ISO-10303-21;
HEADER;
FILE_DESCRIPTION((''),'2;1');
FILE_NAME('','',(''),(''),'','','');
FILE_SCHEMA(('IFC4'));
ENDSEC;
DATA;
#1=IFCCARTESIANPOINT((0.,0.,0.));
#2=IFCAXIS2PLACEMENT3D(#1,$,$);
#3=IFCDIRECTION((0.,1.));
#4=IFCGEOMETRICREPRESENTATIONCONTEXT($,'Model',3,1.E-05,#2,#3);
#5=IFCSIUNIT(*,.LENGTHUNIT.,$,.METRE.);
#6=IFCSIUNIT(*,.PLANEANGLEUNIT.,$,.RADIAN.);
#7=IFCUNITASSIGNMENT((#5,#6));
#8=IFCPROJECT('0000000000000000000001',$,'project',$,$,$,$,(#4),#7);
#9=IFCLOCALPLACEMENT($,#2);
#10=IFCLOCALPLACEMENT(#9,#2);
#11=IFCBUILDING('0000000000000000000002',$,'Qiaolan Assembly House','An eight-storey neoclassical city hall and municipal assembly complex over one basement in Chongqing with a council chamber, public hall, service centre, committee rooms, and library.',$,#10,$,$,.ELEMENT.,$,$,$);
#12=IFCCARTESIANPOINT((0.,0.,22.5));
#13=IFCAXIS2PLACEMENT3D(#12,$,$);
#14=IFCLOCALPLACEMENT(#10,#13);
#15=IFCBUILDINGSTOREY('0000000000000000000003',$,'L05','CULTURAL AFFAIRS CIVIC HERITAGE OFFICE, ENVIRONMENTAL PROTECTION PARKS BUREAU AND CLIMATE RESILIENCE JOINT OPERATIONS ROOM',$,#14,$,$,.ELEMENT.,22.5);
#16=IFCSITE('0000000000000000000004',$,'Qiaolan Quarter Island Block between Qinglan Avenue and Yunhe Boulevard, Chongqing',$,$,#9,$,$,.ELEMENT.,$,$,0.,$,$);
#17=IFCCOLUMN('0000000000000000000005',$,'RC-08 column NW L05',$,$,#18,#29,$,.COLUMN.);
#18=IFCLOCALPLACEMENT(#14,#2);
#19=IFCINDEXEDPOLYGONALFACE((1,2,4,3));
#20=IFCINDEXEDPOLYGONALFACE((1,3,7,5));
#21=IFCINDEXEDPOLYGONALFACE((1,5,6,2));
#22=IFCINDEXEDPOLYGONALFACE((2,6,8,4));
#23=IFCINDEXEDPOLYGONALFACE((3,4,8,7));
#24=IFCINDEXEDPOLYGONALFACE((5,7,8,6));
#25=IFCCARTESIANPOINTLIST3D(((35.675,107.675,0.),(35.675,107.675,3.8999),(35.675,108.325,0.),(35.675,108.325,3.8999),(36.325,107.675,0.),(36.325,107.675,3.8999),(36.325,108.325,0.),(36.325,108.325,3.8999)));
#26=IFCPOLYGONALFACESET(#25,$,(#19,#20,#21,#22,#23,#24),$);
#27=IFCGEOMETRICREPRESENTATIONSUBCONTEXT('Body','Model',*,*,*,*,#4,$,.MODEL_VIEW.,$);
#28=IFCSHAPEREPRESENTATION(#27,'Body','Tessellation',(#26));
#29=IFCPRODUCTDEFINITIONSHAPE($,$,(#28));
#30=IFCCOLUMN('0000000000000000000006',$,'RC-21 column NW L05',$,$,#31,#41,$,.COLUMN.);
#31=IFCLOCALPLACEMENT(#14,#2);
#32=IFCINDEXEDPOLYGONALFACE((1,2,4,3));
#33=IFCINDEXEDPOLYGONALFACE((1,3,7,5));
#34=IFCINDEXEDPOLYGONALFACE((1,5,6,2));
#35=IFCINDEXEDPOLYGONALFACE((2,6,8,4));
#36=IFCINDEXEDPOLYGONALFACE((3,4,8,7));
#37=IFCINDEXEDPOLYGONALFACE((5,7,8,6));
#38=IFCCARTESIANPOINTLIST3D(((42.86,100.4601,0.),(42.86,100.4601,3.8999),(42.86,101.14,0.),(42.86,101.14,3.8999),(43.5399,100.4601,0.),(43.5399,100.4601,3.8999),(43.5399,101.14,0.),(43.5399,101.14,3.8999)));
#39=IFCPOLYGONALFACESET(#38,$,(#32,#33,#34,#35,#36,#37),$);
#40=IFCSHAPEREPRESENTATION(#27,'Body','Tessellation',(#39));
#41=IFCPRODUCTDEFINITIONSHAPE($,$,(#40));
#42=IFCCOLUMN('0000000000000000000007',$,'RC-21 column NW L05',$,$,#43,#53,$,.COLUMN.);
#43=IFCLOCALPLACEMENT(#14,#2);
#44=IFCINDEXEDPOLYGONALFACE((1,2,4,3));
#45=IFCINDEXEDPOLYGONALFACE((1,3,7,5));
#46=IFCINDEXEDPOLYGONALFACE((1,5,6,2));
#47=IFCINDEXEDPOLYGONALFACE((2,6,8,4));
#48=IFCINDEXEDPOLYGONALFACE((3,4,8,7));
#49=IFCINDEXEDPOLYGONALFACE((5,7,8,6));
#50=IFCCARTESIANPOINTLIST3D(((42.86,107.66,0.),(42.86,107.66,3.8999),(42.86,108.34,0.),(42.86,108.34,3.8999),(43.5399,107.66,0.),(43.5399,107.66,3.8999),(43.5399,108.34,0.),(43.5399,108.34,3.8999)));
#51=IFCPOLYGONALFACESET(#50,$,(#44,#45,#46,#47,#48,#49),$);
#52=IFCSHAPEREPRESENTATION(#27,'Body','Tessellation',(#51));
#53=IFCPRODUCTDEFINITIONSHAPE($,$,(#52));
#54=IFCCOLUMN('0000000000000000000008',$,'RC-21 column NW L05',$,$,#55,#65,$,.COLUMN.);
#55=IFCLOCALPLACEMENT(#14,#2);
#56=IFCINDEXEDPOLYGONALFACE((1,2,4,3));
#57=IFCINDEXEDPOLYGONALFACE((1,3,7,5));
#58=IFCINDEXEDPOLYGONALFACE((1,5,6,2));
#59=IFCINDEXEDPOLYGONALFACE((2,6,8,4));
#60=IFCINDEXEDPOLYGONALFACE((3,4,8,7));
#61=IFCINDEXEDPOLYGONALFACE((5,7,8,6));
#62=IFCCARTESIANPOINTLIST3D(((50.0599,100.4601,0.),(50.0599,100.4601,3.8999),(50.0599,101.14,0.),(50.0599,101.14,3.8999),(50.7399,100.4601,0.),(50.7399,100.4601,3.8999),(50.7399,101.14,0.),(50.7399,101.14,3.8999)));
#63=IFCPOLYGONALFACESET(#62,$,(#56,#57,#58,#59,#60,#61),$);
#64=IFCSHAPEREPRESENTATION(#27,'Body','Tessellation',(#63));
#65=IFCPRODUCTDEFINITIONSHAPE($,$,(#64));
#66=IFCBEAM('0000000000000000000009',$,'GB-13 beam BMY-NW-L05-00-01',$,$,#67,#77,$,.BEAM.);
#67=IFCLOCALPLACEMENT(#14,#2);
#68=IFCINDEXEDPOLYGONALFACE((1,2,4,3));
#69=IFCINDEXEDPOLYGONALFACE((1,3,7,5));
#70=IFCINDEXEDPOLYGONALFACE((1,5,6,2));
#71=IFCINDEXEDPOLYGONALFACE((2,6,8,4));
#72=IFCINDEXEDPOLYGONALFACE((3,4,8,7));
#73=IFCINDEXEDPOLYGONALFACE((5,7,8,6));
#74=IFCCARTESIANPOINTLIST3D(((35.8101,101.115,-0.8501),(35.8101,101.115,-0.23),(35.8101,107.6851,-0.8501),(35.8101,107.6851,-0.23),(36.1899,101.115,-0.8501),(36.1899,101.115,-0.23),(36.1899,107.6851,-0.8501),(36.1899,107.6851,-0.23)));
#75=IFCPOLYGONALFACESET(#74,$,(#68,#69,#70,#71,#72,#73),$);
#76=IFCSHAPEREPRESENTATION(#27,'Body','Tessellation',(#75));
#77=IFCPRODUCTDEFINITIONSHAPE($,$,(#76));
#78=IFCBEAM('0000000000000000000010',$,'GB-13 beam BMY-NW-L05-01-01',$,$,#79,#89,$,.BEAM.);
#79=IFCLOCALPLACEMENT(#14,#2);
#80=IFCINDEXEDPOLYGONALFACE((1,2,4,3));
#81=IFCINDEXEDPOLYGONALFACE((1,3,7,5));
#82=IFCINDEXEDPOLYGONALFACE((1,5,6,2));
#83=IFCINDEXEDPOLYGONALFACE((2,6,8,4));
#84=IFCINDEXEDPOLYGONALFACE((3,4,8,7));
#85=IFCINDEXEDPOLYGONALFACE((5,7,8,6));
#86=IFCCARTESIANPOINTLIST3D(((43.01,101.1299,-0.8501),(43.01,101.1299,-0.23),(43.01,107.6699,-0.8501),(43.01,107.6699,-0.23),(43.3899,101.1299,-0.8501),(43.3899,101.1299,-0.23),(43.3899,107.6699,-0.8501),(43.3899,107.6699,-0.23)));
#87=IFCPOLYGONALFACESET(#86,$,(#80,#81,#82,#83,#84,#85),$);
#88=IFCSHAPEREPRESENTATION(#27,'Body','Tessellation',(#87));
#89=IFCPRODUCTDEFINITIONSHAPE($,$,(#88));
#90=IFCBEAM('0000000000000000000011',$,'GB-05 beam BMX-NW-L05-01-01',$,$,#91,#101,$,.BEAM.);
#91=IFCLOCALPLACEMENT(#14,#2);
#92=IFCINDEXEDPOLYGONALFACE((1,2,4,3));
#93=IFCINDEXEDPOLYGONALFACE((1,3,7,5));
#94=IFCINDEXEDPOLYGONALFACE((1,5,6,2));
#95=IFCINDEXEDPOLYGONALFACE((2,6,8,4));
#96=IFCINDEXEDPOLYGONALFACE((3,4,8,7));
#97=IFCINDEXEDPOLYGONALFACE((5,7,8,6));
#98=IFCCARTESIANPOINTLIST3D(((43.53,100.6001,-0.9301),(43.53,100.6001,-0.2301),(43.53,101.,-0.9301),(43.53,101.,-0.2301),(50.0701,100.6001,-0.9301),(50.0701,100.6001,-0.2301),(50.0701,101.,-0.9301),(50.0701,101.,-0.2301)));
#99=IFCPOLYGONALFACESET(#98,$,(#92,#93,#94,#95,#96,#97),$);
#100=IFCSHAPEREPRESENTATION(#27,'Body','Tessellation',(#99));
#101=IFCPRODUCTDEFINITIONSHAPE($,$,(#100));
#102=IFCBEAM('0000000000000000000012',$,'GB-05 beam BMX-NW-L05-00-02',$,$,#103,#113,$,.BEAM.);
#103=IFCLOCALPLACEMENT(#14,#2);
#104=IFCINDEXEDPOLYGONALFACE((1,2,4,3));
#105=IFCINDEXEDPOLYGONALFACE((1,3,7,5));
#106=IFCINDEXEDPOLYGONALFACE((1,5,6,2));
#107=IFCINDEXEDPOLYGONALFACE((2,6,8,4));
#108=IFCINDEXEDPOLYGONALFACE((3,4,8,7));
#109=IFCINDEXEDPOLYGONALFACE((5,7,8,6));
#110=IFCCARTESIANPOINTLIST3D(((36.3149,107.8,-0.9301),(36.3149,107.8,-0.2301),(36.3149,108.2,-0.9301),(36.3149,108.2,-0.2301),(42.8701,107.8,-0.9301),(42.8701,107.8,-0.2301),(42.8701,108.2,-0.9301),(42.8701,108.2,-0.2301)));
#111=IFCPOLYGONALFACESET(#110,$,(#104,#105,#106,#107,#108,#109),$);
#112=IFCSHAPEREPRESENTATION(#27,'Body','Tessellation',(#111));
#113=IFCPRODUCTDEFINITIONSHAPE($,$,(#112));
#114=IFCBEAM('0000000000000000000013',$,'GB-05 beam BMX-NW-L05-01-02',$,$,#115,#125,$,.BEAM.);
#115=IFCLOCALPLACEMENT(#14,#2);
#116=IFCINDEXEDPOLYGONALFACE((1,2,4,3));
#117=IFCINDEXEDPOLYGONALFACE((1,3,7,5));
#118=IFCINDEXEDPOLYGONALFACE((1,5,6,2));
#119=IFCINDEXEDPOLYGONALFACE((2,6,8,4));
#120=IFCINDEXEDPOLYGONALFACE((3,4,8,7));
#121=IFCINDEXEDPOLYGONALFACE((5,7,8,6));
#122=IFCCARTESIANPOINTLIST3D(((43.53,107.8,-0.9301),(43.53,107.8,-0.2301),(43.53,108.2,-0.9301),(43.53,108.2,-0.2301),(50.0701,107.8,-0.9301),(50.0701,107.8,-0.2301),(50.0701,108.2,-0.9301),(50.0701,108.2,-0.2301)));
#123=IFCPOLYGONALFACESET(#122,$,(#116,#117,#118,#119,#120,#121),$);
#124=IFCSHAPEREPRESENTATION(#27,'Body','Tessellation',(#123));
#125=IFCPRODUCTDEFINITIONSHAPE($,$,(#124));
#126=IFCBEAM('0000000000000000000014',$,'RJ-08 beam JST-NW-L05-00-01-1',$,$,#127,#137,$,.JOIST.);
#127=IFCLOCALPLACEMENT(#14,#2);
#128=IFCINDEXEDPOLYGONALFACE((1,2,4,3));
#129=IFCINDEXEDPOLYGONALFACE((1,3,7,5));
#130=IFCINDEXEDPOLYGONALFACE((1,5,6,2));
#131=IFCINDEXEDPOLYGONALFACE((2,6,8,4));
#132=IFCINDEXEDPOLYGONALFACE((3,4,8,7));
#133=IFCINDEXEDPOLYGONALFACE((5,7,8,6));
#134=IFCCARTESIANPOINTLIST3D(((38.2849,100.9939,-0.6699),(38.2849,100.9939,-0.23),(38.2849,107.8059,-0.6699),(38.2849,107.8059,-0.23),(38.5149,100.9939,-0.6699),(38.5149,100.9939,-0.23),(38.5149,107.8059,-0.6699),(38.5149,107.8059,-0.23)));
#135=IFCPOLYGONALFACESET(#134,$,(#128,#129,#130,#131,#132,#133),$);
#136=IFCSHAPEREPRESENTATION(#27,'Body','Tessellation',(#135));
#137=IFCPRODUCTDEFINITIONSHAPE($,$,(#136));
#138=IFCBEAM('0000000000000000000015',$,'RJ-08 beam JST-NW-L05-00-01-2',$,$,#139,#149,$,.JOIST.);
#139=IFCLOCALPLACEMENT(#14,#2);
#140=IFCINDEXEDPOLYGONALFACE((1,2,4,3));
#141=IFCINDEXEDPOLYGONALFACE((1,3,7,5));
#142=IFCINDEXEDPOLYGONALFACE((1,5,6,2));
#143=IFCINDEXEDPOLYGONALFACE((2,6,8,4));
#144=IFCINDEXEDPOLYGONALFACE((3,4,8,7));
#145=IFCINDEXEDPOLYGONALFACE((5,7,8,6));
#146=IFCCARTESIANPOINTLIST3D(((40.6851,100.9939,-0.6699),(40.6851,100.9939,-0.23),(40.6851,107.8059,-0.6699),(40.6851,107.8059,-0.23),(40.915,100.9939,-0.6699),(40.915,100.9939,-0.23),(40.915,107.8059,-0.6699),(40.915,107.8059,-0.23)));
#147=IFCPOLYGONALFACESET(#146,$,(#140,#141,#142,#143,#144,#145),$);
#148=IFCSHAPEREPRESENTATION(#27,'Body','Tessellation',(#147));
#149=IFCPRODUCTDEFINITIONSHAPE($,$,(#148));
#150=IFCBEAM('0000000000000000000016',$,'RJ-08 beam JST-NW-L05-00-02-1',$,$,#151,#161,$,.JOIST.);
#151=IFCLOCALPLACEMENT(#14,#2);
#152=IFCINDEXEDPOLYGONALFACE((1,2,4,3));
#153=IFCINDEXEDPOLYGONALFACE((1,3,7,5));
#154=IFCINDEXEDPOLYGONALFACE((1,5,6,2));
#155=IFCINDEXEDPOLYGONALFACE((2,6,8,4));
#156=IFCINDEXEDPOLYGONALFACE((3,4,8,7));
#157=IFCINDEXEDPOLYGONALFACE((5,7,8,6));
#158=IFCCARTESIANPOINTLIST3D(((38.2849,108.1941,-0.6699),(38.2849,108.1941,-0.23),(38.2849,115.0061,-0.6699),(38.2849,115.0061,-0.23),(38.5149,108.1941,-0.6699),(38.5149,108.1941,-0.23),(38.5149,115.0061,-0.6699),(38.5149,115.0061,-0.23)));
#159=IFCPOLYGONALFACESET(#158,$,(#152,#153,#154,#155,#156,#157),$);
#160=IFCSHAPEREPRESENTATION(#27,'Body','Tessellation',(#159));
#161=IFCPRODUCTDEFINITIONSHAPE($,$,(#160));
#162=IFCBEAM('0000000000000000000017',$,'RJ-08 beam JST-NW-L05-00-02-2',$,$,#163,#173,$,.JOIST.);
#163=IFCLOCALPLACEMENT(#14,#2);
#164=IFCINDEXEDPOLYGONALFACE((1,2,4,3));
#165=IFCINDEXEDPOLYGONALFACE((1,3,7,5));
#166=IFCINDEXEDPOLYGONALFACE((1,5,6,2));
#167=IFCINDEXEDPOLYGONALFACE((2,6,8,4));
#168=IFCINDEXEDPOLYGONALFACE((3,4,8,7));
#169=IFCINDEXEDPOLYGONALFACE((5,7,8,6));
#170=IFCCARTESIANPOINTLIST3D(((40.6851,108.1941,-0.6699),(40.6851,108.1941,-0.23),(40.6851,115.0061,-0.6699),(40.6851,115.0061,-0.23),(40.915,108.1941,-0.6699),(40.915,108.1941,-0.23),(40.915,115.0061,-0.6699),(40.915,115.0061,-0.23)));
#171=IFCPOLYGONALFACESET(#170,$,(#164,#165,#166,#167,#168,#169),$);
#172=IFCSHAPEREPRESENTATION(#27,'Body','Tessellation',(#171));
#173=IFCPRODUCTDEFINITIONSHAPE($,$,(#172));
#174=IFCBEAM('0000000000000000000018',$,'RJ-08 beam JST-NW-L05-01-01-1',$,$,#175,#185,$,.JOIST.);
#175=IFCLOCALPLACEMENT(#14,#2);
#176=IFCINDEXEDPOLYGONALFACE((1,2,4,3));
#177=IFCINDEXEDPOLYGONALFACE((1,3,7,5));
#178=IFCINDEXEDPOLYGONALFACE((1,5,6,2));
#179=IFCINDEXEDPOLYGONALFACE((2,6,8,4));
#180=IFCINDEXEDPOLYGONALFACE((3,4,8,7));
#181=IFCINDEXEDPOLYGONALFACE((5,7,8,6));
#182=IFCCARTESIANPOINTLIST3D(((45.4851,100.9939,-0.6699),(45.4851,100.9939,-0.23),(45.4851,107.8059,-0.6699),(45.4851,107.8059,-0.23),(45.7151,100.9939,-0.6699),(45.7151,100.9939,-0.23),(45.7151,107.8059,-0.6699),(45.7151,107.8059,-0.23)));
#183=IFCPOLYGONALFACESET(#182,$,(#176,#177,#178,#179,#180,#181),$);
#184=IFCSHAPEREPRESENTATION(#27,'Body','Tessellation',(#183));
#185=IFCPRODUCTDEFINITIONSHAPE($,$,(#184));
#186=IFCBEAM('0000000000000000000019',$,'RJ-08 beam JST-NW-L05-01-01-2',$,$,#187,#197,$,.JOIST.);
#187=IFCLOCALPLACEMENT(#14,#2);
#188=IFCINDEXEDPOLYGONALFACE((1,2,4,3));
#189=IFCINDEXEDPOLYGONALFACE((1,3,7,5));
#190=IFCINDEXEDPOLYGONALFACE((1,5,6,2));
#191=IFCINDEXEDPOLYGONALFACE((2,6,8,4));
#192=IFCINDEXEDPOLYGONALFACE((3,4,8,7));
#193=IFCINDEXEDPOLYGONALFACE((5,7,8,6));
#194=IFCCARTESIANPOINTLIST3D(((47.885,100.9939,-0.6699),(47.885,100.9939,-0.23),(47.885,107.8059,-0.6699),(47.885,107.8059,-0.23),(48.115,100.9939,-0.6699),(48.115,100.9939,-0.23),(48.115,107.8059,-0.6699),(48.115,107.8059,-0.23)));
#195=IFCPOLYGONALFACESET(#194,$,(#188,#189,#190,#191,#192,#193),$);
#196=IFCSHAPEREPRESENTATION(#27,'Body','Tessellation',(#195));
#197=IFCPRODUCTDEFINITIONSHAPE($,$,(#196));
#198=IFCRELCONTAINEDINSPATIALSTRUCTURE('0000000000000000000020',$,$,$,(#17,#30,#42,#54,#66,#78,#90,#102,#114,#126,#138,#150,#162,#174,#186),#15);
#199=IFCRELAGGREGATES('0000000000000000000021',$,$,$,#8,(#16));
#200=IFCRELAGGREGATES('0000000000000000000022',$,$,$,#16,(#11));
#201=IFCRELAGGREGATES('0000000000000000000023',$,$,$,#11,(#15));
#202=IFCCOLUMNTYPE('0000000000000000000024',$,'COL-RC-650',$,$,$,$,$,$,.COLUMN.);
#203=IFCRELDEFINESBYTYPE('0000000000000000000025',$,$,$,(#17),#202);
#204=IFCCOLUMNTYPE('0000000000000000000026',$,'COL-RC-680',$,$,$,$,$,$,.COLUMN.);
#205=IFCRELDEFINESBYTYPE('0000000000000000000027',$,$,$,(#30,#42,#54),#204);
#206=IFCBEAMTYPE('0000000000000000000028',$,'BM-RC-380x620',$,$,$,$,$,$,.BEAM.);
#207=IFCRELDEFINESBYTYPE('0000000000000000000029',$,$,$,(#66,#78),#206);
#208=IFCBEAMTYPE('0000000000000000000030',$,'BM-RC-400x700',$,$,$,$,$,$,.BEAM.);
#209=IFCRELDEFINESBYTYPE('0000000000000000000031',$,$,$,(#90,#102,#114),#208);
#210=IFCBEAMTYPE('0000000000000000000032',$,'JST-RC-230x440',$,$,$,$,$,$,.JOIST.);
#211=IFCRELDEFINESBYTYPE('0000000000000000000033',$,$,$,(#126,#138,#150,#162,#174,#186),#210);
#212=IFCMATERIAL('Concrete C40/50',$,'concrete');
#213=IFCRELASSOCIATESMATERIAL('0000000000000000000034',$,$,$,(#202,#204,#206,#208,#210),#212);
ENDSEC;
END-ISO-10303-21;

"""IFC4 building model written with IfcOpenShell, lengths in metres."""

from ifc_helpers import new_model, si_unit, direction, frame, origin, origin_2d, place, context, subcontext, project, spatial, rectangle, extrude, material, material_profile, profile_set, type_object, element, save


model = new_model("IFC4")

# Units and contexts
model_context = context("Model", 3, precision=1e-05, world=origin(), true_north=direction((0.0, 1.0)))
body_context = subcontext(model_context, "Body", "Model", "MODEL_VIEW")
ifc_project = project(units=[si_unit("LENGTHUNIT", "METRE"), si_unit("PLANEANGLEUNIT", "RADIAN")], contexts=[model_context])

# Site, building, storey
site_placement = place(None, origin())
site = spatial("IfcSite", under=ifc_project, at=site_placement, Name="Qiaolan Quarter Island Block between Qinglan Avenue and Yunhe Boulevard, Chongqing", CompositionType="ELEMENT", RefElevation=0.0)
building_placement = place(site_placement, origin())
building = spatial("IfcBuilding", under=site, at=building_placement, Name="Qiaolan Assembly House", Description="An eight-storey neoclassical city hall and municipal assembly complex over one basement in Chongqing with a council chamber, public hall, service centre, committee rooms, and library.", CompositionType="ELEMENT")
storey_placement = place(building_placement, frame((0.0, 0.0, 22.5)))
storey = spatial("IfcBuildingStorey", under=building, at=storey_placement, Name="L05", Description="CULTURAL AFFAIRS CIVIC HERITAGE OFFICE, ENVIRONMENTAL PROTECTION PARKS BUREAU AND CLIMATE RESILIENCE JOINT OPERATIONS ROOM", CompositionType="ELEMENT", Elevation=22.5)

# Columns
ifc_material_1 = material(Name="Concrete C40/50", Category="concrete")
ifc_material_profile_1 = material_profile(ifc_material_1, rectangle(XDim=0.6499, YDim=0.6499, at=origin_2d()), Name="RC 650x650")
ifc_profile_set_1 = profile_set([ifc_material_profile_1], Name="Concrete C40/50")
column_type_1 = type_object("IfcColumnType", Name="COL-RC-650", PredefinedType="COLUMN", material=ifc_profile_set_1)
column_placement = place(storey_placement, frame((36.0, 108.0, 0.0), z_axis=(0.0, 0.0, 1.0), x_axis=(1.0, 0.0, 0.0)))
element("IfcColumn", 1, at=column_placement, inside=storey, type_object=column_type_1, Name="RC-08 column NW L05", PredefinedType="COLUMN", context=body_context, shape_type="SweptSolid", body=[
    extrude(rectangle(XDim=0.6499, YDim=0.6499, at=origin_2d()), origin(), (0.0, 0.0, 1.0), 3.8999),
])
ifc_material_profile_2 = material_profile(ifc_material_1, rectangle(XDim=0.6799, YDim=0.6799, at=origin_2d()), Name="RC 680x680")
ifc_profile_set_2 = profile_set([ifc_material_profile_2], Name="Concrete C40/50")
column_type_2 = type_object("IfcColumnType", Name="COL-RC-680", PredefinedType="COLUMN", material=ifc_profile_set_2)
for number, where, z_axis, x_axis, name in (
    (2, (43.2, 100.8, 0.0), (0.0, 0.0, 1.0), (1.0, 0.0, 0.0), "RC-21 column NW L05"),
    (3, (43.2, 108.0, 0.0), (0.0, 0.0, 1.0), (1.0, 0.0, 0.0), "RC-21 column NW L05"),
    (4, (50.3999, 100.8, 0.0), (0.0, 0.0, 1.0), (1.0, 0.0, 0.0), "RC-21 column NW L05"),
):
    element("IfcColumn", number, at=place(storey_placement, frame(where, z_axis=z_axis, x_axis=x_axis)), inside=storey, type_object=column_type_2, Name=name, PredefinedType="COLUMN", context=body_context, shape_type="SweptSolid", body=[
        extrude(rectangle(XDim=0.6799, YDim=0.6799, at=origin_2d()), origin(), (0.0, 0.0, 1.0), 3.8999),
    ])

# Beams
ifc_material_profile_3 = material_profile(ifc_material_1, rectangle(XDim=0.3799, YDim=0.6201, at=origin_2d()), Name="RCB 380x620")
ifc_profile_set_3 = profile_set([ifc_material_profile_3], Name="Concrete C40/50")
beam_type_1 = type_object("IfcBeamType", Name="BM-RC-380x620", PredefinedType="BEAM", material=ifc_profile_set_3)
beam_1_placement = place(storey_placement, frame((36.0, 101.115, -0.54), z_axis=(0.0, 1.0, 0.0), x_axis=(-1.0, 0.0, 0.0)))
element("IfcBeam", 5, at=beam_1_placement, inside=storey, type_object=beam_type_1, Name="GB-13 beam BMY-NW-L05-00-01", PredefinedType="BEAM", context=body_context, shape_type="SweptSolid", body=[
    extrude(rectangle(XDim=0.3799, YDim=0.6201, at=origin_2d()), origin(), (0.0, 0.0, 1.0), 6.5701),
])
beam_2_placement = place(storey_placement, frame((43.2, 101.1299, -0.54), z_axis=(0.0, 1.0, 0.0), x_axis=(-1.0, 0.0, 0.0)))
element("IfcBeam", 6, at=beam_2_placement, inside=storey, type_object=beam_type_1, Name="GB-13 beam BMY-NW-L05-01-01", PredefinedType="BEAM", context=body_context, shape_type="SweptSolid", body=[
    extrude(rectangle(XDim=0.3799, YDim=0.6201, at=origin_2d()), origin(), (0.0, 0.0, 1.0), 6.54),
])
ifc_material_profile_4 = material_profile(ifc_material_1, rectangle(XDim=0.3999, YDim=0.7, at=origin_2d()), Name="RCB 400x700")
ifc_profile_set_4 = profile_set([ifc_material_profile_4], Name="Concrete C40/50")
beam_type_2 = type_object("IfcBeamType", Name="BM-RC-400x700", PredefinedType="BEAM", material=ifc_profile_set_4)
beam_3_placement = place(storey_placement, frame((43.53, 100.8, -0.5801), z_axis=(1.0, 0.0, 0.0), x_axis=(0.0, 1.0, 0.0)))
element("IfcBeam", 7, at=beam_3_placement, inside=storey, type_object=beam_type_2, Name="GB-05 beam BMX-NW-L05-01-01", PredefinedType="BEAM", context=body_context, shape_type="SweptSolid", body=[
    extrude(rectangle(XDim=0.3999, YDim=0.7, at=origin_2d()), origin(), (0.0, 0.0, 1.0), 6.54),
])
beam_4_placement = place(storey_placement, frame((36.3149, 108.0, -0.5801), z_axis=(1.0, 0.0, 0.0), x_axis=(0.0, 1.0, 0.0)))
element("IfcBeam", 8, at=beam_4_placement, inside=storey, type_object=beam_type_2, Name="GB-05 beam BMX-NW-L05-00-02", PredefinedType="BEAM", context=body_context, shape_type="SweptSolid", body=[
    extrude(rectangle(XDim=0.3999, YDim=0.7, at=origin_2d()), origin(), (0.0, 0.0, 1.0), 6.5552),
])
beam_5_placement = place(storey_placement, frame((43.53, 108.0, -0.5801), z_axis=(1.0, 0.0, 0.0), x_axis=(0.0, 1.0, 0.0)))
element("IfcBeam", 9, at=beam_5_placement, inside=storey, type_object=beam_type_2, Name="GB-05 beam BMX-NW-L05-01-02", PredefinedType="BEAM", context=body_context, shape_type="SweptSolid", body=[
    extrude(rectangle(XDim=0.3999, YDim=0.7, at=origin_2d()), origin(), (0.0, 0.0, 1.0), 6.54),
])
ifc_material_profile_5 = material_profile(ifc_material_1, rectangle(XDim=0.23, YDim=0.4399, at=origin_2d()), Name="RCB 230x440")
ifc_profile_set_5 = profile_set([ifc_material_profile_5], Name="Concrete C40/50")
beam_type_3 = type_object("IfcBeamType", Name="JST-RC-230x440", PredefinedType="JOIST", material=ifc_profile_set_5)
for number, where, z_axis, x_axis, name in (
    (10, (38.3999, 100.9939, -0.45), (0.0, 1.0, 0.0), (-1.0, 0.0, 0.0), "RJ-08 beam JST-NW-L05-00-01-1"),
    (11, (40.8, 100.9939, -0.45), (0.0, 1.0, 0.0), (-1.0, 0.0, 0.0), "RJ-08 beam JST-NW-L05-00-01-2"),
    (12, (38.3999, 108.1941, -0.45), (0.0, 1.0, 0.0), (-1.0, 0.0, 0.0), "RJ-08 beam JST-NW-L05-00-02-1"),
    (13, (40.8, 108.1941, -0.45), (0.0, 1.0, 0.0), (-1.0, 0.0, 0.0), "RJ-08 beam JST-NW-L05-00-02-2"),
    (14, (45.6001, 100.9939, -0.45), (0.0, 1.0, 0.0), (-1.0, 0.0, 0.0), "RJ-08 beam JST-NW-L05-01-01-1"),
    (15, (48.0, 100.9939, -0.45), (0.0, 1.0, 0.0), (-1.0, 0.0, 0.0), "RJ-08 beam JST-NW-L05-01-01-2"),
):
    element("IfcBeam", number, at=place(storey_placement, frame(where, z_axis=z_axis, x_axis=x_axis)), inside=storey, type_object=beam_type_3, Name=name, PredefinedType="JOIST", context=body_context, shape_type="SweptSolid", body=[
        extrude(rectangle(XDim=0.23, YDim=0.4399, at=origin_2d()), origin(), (0.0, 0.0, 1.0), 6.812),
    ])

save(model, "model.ifc")
